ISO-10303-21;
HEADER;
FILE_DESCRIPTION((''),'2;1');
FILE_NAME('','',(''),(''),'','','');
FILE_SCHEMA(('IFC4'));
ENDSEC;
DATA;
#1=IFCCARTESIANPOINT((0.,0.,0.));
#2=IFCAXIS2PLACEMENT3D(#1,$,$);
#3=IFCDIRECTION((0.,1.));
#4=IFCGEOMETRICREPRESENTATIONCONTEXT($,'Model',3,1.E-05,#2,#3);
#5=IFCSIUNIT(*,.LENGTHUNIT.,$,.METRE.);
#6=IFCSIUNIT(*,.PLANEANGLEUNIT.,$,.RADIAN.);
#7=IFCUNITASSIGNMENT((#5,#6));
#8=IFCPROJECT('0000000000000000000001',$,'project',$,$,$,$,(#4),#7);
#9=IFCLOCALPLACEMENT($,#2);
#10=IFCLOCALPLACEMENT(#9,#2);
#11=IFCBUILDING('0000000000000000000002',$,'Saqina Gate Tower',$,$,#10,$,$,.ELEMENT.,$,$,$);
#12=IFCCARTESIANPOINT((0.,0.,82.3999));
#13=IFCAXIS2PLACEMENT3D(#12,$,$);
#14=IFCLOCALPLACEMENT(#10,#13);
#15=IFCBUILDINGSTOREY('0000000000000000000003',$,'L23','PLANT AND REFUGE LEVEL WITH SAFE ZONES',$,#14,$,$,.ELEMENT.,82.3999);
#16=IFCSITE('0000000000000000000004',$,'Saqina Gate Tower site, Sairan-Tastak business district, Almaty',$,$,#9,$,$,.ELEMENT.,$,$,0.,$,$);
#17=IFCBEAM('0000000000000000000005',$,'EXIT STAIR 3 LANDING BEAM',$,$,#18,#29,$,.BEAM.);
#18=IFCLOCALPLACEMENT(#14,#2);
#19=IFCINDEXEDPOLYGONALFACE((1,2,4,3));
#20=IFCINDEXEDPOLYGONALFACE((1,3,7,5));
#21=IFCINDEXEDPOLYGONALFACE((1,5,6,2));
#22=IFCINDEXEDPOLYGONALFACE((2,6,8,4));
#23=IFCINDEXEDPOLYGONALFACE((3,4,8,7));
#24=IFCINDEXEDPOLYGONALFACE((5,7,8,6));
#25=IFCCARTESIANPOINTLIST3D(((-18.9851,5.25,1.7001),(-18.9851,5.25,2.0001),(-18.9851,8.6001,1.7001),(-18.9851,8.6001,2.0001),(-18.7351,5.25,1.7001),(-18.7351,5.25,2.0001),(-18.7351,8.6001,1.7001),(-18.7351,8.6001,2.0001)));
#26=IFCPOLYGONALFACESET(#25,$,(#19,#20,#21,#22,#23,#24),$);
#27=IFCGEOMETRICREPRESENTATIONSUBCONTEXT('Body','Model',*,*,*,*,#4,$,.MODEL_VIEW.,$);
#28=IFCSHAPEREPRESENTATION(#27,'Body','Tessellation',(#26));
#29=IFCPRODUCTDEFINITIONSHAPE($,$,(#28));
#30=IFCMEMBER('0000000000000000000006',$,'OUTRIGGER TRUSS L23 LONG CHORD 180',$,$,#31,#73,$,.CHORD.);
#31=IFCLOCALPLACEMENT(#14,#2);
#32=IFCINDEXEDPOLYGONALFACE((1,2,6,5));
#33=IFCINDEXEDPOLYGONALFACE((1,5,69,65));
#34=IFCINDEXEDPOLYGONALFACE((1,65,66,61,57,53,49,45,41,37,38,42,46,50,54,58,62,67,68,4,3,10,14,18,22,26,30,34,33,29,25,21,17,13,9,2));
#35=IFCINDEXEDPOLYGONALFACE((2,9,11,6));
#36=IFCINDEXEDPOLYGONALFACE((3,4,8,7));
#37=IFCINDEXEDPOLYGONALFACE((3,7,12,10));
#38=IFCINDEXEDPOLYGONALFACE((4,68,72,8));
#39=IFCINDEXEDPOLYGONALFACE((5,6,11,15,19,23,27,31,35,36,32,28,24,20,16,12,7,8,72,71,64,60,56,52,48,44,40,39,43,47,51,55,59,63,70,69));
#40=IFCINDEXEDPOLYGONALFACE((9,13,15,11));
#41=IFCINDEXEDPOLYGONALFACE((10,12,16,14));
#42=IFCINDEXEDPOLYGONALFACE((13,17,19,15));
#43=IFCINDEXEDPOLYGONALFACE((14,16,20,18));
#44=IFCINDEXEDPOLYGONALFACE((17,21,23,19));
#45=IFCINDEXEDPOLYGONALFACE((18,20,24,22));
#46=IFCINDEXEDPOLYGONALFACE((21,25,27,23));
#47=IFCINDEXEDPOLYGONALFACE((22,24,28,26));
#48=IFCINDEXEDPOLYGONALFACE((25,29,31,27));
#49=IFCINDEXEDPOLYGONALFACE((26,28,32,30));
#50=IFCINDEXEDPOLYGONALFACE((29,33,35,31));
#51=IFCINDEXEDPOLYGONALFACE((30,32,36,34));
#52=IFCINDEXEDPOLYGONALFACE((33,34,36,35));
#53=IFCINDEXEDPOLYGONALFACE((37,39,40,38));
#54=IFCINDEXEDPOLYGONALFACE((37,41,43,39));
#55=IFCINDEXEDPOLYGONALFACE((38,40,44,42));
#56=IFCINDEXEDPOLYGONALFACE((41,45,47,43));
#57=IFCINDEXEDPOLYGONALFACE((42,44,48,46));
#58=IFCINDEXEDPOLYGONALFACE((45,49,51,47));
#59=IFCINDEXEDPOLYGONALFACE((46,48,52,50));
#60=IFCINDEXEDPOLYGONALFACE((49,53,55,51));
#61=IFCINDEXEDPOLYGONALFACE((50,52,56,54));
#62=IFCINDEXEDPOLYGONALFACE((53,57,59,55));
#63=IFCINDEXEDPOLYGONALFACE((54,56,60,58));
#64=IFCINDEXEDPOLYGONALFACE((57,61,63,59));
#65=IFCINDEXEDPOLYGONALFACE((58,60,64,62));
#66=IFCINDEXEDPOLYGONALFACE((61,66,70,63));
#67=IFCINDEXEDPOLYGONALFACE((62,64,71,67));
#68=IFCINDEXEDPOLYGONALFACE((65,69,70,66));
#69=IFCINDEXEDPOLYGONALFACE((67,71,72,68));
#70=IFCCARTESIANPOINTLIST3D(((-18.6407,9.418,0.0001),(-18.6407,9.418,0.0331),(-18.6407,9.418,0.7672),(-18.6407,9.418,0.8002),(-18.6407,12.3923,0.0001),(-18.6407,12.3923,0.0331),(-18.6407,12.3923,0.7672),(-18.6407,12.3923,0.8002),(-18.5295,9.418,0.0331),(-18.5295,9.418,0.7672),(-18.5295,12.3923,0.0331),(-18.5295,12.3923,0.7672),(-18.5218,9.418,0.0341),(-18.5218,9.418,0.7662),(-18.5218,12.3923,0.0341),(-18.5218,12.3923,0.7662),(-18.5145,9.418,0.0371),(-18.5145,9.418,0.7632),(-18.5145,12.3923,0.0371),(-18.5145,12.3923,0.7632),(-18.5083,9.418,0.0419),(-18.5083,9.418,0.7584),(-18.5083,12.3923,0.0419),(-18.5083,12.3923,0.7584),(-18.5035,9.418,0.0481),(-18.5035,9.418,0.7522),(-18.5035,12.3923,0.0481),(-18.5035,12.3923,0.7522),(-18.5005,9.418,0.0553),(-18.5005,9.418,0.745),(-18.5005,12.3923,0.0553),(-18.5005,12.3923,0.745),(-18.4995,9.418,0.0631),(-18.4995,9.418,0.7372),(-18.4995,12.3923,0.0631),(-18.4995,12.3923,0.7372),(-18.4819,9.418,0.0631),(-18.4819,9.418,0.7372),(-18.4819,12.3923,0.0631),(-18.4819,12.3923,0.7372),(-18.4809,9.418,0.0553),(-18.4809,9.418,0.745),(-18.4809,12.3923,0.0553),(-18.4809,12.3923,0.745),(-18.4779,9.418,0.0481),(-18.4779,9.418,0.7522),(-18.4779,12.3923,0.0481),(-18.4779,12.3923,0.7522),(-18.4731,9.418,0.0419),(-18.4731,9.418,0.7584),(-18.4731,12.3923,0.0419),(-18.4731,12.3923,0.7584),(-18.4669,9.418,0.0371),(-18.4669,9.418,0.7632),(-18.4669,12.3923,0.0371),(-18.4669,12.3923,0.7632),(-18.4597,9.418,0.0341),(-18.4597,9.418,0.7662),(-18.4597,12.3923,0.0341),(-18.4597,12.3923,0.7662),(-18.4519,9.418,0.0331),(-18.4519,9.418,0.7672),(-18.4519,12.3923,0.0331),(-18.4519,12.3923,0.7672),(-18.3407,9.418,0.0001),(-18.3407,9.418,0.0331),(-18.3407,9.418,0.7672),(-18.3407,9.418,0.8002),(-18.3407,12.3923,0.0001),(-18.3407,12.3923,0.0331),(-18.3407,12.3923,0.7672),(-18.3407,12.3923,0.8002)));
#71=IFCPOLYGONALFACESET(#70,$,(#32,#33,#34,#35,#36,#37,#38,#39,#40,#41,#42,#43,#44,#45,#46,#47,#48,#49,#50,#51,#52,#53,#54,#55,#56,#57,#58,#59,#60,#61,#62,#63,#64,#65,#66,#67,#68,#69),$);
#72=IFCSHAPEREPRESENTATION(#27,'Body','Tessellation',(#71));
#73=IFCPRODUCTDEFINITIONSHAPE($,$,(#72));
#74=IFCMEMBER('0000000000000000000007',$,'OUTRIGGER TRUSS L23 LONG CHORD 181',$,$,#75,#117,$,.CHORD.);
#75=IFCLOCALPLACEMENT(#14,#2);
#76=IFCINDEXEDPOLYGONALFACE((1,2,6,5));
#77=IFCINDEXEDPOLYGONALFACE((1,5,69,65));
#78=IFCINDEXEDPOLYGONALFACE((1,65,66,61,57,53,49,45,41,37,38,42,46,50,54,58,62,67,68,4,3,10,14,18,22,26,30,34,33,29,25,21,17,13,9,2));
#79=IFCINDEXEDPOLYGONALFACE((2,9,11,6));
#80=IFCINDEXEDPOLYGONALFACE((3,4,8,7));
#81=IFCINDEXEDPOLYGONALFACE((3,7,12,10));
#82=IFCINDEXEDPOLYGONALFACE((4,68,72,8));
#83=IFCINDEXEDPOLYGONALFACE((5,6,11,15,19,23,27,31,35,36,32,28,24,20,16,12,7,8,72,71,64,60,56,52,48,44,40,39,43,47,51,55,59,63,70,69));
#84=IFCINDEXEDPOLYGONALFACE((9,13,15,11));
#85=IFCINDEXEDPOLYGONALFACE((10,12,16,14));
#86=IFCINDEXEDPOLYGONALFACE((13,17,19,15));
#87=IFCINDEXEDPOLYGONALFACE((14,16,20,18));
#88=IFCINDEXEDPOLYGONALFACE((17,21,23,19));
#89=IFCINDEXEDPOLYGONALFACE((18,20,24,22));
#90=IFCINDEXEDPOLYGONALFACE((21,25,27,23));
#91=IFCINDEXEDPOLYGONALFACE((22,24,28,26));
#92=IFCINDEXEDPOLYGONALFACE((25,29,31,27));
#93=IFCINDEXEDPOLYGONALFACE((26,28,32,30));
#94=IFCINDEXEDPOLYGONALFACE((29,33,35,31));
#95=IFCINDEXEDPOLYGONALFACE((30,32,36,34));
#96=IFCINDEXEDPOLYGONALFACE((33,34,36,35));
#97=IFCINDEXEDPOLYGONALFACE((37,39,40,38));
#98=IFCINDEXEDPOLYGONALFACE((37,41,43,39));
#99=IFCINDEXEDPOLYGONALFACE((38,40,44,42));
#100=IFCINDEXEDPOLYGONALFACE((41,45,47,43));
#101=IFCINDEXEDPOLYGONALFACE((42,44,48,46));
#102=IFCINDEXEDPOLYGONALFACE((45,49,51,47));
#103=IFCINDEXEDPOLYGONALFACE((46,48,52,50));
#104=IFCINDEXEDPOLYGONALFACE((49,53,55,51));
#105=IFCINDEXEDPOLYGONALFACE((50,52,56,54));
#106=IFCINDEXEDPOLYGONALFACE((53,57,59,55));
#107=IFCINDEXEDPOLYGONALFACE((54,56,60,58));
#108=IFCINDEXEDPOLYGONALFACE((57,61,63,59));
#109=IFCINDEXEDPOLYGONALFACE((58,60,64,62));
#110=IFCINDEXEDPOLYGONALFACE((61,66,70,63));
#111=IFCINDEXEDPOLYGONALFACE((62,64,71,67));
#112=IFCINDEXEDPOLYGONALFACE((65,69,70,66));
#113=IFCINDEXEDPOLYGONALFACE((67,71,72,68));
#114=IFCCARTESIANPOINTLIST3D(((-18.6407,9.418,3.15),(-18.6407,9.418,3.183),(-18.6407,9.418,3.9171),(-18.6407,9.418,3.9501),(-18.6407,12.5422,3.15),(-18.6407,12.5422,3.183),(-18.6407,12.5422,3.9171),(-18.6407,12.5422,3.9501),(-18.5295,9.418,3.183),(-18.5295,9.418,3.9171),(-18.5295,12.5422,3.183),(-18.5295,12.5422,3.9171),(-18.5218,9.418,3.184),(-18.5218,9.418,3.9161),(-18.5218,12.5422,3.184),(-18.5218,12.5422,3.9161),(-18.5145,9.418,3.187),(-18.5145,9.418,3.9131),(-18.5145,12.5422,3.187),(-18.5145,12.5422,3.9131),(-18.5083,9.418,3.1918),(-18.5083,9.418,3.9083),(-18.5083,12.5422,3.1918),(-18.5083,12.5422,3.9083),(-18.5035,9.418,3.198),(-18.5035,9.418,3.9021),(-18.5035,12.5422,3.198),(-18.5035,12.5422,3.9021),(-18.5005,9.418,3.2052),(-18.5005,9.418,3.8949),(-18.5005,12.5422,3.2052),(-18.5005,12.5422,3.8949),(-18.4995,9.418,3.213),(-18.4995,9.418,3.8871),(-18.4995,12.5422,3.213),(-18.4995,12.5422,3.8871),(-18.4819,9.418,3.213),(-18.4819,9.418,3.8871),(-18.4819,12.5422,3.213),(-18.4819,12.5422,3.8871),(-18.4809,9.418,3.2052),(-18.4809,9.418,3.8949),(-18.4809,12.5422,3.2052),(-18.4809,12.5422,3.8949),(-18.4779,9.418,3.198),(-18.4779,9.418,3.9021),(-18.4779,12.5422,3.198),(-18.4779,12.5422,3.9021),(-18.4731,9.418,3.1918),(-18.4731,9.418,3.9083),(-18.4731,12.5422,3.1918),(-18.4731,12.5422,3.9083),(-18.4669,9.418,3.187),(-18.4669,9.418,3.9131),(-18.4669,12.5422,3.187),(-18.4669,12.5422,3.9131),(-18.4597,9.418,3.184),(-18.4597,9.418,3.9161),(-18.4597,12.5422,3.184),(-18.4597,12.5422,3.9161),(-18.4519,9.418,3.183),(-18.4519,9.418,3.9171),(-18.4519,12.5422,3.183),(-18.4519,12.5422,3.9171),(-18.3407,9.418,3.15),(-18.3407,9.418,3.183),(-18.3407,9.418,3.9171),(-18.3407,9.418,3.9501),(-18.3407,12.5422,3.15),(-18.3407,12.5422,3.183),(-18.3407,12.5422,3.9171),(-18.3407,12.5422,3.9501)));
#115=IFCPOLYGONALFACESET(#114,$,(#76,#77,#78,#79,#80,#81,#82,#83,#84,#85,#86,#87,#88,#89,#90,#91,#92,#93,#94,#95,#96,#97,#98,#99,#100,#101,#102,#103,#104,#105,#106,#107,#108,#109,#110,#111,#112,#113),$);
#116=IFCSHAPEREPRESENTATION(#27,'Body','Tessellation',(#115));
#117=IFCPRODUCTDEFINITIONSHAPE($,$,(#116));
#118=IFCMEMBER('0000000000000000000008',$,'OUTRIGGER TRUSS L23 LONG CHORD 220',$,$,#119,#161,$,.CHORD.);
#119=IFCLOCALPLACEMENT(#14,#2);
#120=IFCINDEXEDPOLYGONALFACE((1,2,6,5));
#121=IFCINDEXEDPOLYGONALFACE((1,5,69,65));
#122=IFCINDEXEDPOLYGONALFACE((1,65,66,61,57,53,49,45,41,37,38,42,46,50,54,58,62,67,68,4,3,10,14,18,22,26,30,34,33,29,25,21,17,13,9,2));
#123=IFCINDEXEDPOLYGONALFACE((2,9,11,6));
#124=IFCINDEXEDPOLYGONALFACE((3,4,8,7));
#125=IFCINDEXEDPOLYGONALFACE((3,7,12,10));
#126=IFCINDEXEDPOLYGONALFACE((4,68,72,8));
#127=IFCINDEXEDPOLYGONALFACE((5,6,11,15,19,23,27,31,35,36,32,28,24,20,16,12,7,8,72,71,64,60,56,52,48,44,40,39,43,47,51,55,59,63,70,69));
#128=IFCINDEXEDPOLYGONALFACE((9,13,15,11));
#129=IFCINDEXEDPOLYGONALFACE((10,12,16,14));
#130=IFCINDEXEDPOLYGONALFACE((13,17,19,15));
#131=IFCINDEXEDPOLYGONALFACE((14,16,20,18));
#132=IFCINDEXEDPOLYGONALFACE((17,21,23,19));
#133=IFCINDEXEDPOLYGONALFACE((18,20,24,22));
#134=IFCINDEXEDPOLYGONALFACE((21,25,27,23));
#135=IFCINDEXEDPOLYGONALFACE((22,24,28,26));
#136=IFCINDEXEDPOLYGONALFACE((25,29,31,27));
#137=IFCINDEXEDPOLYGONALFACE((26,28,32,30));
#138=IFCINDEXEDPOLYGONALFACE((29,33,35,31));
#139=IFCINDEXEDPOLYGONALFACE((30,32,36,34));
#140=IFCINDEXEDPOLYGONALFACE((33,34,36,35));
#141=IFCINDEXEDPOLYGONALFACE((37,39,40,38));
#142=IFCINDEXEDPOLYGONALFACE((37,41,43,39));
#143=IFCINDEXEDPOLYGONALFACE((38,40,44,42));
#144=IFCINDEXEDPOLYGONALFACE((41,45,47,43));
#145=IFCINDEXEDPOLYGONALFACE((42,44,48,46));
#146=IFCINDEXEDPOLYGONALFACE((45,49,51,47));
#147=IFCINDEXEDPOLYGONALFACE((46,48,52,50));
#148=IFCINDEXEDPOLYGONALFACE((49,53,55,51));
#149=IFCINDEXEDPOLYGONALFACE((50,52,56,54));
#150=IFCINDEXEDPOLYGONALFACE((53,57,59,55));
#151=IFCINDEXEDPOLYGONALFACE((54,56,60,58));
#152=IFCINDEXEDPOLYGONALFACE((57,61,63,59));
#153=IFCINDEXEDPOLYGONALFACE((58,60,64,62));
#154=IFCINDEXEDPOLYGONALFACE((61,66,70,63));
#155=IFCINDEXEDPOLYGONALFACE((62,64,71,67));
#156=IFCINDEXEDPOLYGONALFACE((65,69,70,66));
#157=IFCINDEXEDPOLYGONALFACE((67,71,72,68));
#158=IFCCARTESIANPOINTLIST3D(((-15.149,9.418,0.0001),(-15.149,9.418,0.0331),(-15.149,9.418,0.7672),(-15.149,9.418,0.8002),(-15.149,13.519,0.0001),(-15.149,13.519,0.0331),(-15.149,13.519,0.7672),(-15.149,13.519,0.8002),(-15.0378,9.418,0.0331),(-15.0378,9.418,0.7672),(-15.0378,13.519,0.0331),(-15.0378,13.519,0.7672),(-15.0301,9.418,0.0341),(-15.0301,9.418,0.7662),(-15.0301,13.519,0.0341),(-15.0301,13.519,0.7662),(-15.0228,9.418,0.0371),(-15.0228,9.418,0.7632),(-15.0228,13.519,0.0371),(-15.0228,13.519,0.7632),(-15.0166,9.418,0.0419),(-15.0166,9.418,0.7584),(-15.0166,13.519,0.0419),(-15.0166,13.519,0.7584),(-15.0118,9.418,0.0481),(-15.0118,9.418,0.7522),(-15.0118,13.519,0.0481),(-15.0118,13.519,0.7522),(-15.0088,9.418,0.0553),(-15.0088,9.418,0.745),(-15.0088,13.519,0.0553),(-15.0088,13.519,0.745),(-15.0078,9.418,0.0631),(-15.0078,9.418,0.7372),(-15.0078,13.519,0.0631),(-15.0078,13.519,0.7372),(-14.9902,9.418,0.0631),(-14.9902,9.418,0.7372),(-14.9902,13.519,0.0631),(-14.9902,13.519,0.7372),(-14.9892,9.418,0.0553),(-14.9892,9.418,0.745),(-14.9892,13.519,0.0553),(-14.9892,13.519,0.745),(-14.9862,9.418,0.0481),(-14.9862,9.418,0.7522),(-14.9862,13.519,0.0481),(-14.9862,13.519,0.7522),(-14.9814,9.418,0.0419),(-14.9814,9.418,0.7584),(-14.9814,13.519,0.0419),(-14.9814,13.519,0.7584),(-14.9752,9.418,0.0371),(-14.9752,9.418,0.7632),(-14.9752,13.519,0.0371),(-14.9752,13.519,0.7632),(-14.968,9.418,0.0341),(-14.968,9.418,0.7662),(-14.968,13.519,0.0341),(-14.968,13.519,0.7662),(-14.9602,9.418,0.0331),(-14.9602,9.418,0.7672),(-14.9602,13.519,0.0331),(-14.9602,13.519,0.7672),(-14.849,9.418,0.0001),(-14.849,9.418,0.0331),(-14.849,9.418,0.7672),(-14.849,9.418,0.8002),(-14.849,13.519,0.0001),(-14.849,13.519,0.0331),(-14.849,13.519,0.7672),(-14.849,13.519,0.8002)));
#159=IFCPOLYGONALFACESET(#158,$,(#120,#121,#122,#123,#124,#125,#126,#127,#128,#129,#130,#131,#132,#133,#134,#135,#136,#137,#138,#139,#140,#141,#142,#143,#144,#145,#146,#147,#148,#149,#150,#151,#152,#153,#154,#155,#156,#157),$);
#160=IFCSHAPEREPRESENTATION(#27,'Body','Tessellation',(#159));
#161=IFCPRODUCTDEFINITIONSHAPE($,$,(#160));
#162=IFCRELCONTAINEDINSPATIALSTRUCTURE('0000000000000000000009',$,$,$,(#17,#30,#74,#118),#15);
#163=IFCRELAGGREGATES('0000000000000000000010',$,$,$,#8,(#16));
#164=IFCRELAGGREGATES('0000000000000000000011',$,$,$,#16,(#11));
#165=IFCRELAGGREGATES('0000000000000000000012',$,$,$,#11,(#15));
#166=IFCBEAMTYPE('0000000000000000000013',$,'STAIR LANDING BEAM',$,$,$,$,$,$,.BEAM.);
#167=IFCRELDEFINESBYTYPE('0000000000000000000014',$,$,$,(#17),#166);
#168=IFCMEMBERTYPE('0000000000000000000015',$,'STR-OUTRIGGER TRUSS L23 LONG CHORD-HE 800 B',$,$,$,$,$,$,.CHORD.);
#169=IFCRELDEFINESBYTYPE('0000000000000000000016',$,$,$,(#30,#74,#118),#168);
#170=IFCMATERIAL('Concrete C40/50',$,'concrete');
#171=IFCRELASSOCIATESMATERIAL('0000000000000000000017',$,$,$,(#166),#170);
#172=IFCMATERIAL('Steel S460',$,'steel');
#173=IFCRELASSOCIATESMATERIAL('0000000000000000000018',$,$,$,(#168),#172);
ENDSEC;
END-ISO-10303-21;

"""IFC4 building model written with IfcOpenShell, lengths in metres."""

from ifc_helpers import new_model, si_unit, direction, frame, origin, origin_2d, place, context, subcontext, project, spatial, rectangle, i_section, extrude, material, material_profile, profile_set, type_object, element, save


model = new_model("IFC4")

# Units and contexts
model_context = context("Model", 3, precision=1e-05, world=origin(), true_north=direction((0.0, 1.0)))
body_context = subcontext(model_context, "Body", "Model", "MODEL_VIEW")
ifc_project = project(units=[si_unit("LENGTHUNIT", "METRE"), si_unit("PLANEANGLEUNIT", "RADIAN")], contexts=[model_context])

# Site, building, storey
site_placement = place(None, origin())
site = spatial("IfcSite", under=ifc_project, at=site_placement, Name="Saqina Gate Tower site, Sairan-Tastak business district, Almaty", CompositionType="ELEMENT", RefElevation=0.0)
building_placement = place(site_placement, origin())
building = spatial("IfcBuilding", under=site, at=building_placement, Name="Saqina Gate Tower", CompositionType="ELEMENT")
storey_placement = place(building_placement, frame((0.0, 0.0, 82.3999)))
storey = spatial("IfcBuildingStorey", under=building, at=storey_placement, Name="L23", Description="PLANT AND REFUGE LEVEL WITH SAFE ZONES", CompositionType="ELEMENT", Elevation=82.3999)

# Beam
ifc_material_1 = material(Name="Concrete C40/50", Category="concrete")
ifc_material_profile_1 = material_profile(ifc_material_1, rectangle(XDim=0.25, YDim=0.3, at=origin_2d()), Name="STAIR LANDING BEAM")
ifc_profile_set_1 = profile_set([ifc_material_profile_1], Name="Concrete C40/50")
beam_type = type_object("IfcBeamType", Name="STAIR LANDING BEAM", PredefinedType="BEAM", material=ifc_profile_set_1)
beam_placement = place(storey_placement, frame((-18.8601, 5.25, 1.8501), z_axis=(0.0, 1.0, 0.0), x_axis=(-1.0, 0.0, 0.0)))
element("IfcBeam", 1, at=beam_placement, inside=storey, type_object=beam_type, Name="EXIT STAIR 3 LANDING BEAM", PredefinedType="BEAM", context=body_context, shape_type="SweptSolid", body=[
    extrude(rectangle(XDim=0.25, YDim=0.3, at=origin_2d()), origin(), (0.0, 0.0, 1.0), 3.3501),
])

# Members
ifc_material_2 = material(Name="Steel S460", Category="steel")
ifc_material_profile_2 = material_profile(ifc_material_2, i_section(OverallWidth=0.3, OverallDepth=0.8, WebThickness=0.0176, FlangeThickness=0.033, FilletRadius=0.03, at=origin_2d()), Name="HE 800 B")
ifc_profile_set_2 = profile_set([ifc_material_profile_2], Name="Steel S460")
member_type_1 = type_object("IfcMemberType", Name="STR-OUTRIGGER TRUSS L23 LONG CHORD-HE 800 B", PredefinedType="CHORD", material=ifc_profile_set_2)
member_1_placement = place(storey_placement, frame((-18.4907, 9.418, 0.4001), z_axis=(0.0, 1.0, 0.0), x_axis=(-1.0, 0.0, 0.0)))
element("IfcMember", 2, at=member_1_placement, inside=storey, type_object=member_type_1, Name="OUTRIGGER TRUSS L23 LONG CHORD 180", PredefinedType="CHORD", context=body_context, shape_type="SweptSolid", body=[
    extrude(i_section(OverallWidth=0.3, OverallDepth=0.8, WebThickness=0.0176, FlangeThickness=0.033, FilletRadius=0.03, at=origin_2d()), origin(), (0.0, 0.0, 1.0), 2.9744),
])
member_2_placement = place(storey_placement, frame((-18.4907, 9.418, 3.55), z_axis=(0.0, 1.0, 0.0), x_axis=(-1.0, 0.0, 0.0)))
element("IfcMember", 3, at=member_2_placement, inside=storey, type_object=member_type_1, Name="OUTRIGGER TRUSS L23 LONG CHORD 181", PredefinedType="CHORD", context=body_context, shape_type="SweptSolid", body=[
    extrude(i_section(OverallWidth=0.3, OverallDepth=0.8, WebThickness=0.0176, FlangeThickness=0.033, FilletRadius=0.03, at=origin_2d()), origin(), (0.0, 0.0, 1.0), 3.1243),
])
for number, where, z_axis, x_axis, name in (
    (4, (-14.999, 9.418, 0.4001), (0.0, 1.0, 0.0), (-1.0, 0.0, 0.0), "OUTRIGGER TRUSS L23 LONG CHORD 220"),
):
    element("IfcMember", number, at=place(storey_placement, frame(where, z_axis=z_axis, x_axis=x_axis)), inside=storey, type_object=member_type_1, Name=name, PredefinedType="CHORD", context=body_context, shape_type="SweptSolid", body=[
        extrude(i_section(OverallWidth=0.3, OverallDepth=0.8, WebThickness=0.0176, FlangeThickness=0.033, FilletRadius=0.03, at=origin_2d()), origin(), (0.0, 0.0, 1.0), 4.1011),
    ])

save(model, "model.ifc")
